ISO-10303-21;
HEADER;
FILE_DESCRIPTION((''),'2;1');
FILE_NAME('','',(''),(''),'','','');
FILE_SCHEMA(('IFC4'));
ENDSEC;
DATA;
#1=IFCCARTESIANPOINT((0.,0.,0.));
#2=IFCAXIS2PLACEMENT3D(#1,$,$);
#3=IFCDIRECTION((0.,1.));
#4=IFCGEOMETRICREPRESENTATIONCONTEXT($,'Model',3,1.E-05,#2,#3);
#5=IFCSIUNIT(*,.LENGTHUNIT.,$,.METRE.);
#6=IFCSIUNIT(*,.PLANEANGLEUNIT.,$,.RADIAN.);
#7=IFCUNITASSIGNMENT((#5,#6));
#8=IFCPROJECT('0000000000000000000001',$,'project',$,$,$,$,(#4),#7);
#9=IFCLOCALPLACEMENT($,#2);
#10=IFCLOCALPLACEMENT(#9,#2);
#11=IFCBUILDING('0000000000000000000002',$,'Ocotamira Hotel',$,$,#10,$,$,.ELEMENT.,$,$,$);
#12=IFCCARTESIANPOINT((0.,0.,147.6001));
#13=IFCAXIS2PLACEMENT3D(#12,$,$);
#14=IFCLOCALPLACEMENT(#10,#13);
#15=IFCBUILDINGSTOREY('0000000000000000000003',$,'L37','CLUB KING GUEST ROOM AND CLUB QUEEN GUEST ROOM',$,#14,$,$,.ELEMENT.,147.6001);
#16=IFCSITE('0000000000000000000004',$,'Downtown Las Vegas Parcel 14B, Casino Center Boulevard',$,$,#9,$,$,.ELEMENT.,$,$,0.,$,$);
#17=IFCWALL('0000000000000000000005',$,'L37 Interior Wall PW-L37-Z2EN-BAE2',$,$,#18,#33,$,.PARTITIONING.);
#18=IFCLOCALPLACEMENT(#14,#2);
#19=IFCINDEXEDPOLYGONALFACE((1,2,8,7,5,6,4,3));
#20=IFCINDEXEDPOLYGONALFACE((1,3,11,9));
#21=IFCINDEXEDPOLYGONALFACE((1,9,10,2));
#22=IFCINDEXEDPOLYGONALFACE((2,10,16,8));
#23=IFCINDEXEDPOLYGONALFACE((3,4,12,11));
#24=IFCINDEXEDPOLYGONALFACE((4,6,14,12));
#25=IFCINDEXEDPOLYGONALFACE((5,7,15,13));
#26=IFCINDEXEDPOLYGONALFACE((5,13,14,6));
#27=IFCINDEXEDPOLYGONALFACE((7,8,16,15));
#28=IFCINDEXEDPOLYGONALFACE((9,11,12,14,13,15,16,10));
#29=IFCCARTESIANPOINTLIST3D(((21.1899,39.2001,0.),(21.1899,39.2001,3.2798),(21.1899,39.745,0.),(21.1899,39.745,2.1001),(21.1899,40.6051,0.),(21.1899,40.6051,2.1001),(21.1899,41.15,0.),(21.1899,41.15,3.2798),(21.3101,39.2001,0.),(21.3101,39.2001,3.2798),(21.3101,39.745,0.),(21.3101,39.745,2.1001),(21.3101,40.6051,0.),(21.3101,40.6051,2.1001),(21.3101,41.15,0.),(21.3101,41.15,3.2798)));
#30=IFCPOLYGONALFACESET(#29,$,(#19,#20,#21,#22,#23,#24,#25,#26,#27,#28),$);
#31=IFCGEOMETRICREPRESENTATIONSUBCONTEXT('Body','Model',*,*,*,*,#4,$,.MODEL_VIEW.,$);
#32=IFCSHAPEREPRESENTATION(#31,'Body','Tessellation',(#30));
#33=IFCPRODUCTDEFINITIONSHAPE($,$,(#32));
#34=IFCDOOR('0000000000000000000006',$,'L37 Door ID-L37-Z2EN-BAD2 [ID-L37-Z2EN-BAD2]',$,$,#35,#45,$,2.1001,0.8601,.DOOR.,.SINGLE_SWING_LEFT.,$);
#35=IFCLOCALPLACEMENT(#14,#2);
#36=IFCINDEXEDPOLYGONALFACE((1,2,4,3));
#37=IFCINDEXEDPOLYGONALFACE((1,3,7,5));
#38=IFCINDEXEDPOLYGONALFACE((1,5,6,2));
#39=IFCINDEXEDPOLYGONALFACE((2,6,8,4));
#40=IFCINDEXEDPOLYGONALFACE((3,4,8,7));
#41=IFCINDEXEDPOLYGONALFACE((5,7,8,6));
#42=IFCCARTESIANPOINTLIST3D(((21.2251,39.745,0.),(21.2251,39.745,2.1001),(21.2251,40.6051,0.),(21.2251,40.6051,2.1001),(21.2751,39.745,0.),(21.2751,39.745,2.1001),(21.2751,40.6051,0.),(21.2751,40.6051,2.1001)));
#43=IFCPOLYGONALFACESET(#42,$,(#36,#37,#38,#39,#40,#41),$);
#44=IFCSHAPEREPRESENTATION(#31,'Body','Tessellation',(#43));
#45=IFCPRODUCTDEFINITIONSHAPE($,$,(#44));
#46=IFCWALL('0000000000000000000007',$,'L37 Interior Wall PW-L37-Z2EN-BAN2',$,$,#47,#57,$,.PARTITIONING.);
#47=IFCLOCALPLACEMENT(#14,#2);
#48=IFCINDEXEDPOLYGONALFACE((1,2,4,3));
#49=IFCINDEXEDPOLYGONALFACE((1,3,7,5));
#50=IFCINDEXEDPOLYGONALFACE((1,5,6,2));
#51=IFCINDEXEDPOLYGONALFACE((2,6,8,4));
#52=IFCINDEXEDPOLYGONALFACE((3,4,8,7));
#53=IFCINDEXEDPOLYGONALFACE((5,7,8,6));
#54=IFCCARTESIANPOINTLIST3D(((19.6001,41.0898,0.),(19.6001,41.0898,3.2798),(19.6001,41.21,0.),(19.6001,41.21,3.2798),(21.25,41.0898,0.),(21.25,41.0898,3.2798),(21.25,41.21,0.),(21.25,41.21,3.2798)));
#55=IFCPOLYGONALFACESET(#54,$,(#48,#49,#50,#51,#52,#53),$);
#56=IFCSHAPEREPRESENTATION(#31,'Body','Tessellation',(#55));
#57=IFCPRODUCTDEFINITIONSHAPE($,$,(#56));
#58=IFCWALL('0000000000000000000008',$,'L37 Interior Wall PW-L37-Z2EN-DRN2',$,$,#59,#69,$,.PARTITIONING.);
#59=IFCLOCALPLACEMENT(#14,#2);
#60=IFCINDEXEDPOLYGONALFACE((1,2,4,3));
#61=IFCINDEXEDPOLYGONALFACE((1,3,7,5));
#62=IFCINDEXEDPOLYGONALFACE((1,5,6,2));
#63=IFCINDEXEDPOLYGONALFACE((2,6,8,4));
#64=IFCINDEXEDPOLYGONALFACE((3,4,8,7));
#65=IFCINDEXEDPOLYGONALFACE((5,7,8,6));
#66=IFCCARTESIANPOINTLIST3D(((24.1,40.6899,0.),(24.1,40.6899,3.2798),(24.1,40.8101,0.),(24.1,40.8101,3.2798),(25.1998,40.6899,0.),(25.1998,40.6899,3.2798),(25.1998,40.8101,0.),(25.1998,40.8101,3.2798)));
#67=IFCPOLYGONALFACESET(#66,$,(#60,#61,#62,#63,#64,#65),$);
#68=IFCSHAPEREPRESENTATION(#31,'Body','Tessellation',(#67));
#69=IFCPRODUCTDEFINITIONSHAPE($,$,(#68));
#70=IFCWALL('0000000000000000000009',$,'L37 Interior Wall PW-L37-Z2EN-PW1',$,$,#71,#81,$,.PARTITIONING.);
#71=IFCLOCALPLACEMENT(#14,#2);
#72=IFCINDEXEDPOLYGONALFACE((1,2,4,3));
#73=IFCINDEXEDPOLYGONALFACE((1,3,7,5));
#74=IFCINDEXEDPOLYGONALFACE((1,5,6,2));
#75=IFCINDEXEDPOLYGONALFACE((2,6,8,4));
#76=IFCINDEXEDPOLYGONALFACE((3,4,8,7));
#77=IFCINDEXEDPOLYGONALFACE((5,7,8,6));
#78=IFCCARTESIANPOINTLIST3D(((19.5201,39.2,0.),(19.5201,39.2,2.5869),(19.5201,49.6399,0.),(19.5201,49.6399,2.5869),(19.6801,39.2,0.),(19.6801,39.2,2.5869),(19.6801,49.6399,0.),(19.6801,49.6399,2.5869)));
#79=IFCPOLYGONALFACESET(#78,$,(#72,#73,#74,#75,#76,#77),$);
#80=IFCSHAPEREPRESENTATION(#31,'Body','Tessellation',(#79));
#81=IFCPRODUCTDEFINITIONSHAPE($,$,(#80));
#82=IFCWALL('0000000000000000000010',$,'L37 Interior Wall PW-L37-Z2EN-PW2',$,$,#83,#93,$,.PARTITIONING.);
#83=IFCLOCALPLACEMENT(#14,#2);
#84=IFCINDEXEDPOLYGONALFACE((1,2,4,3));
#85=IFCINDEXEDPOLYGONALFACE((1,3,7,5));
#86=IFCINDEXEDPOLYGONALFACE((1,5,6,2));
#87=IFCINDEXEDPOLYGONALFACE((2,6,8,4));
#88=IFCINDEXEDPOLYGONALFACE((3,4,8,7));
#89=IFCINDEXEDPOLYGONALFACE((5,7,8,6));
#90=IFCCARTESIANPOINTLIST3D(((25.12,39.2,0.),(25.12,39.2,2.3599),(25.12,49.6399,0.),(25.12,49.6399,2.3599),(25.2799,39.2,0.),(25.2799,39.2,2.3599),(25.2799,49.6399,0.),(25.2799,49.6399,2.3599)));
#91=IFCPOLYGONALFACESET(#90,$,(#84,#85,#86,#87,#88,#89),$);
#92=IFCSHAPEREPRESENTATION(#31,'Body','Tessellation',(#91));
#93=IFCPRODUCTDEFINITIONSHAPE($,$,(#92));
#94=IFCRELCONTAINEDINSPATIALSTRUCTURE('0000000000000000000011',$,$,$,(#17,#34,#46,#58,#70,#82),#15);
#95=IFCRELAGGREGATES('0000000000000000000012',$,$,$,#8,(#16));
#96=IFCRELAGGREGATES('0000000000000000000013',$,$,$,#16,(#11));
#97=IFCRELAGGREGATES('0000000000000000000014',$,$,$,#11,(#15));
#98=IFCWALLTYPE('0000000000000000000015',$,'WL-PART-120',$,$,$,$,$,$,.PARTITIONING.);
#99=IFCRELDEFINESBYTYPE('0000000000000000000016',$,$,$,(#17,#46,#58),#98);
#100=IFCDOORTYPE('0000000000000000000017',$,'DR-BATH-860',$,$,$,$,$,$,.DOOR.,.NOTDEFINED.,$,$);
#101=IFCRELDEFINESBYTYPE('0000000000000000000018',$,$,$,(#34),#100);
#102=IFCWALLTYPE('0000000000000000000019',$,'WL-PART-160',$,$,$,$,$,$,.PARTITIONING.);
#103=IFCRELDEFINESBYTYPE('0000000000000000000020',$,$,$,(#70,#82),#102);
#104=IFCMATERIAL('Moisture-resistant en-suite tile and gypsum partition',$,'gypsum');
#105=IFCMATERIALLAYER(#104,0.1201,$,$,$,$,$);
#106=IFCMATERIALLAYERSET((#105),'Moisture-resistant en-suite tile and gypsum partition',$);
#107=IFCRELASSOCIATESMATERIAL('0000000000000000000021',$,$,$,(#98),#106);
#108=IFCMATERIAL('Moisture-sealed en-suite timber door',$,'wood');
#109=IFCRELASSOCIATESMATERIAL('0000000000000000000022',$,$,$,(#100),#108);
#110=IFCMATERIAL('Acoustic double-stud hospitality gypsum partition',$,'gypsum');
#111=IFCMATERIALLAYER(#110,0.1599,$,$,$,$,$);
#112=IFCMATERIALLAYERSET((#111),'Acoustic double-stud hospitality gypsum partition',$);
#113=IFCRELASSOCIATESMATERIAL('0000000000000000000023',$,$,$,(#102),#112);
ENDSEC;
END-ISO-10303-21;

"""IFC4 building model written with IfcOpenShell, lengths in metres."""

from ifc_helpers import new_model, si_unit, direction, frame, frame_2d, origin, place, context, subcontext, project, spatial, rectangle, extrude, source, transform, mapped, material, layer, layer_set, type_object, element, fill, save


model = new_model("IFC4")

# Units and contexts
model_context = context("Model", 3, precision=1e-05, world=origin(), true_north=direction((0.0, 1.0)))
body_context = subcontext(model_context, "Body", "Model", "MODEL_VIEW")
ifc_project = project(units=[si_unit("LENGTHUNIT", "METRE"), si_unit("PLANEANGLEUNIT", "RADIAN")], contexts=[model_context])

# Site, building, storey
site_placement = place(None, origin())
site = spatial("IfcSite", under=ifc_project, at=site_placement, Name="Downtown Las Vegas Parcel 14B, Casino Center Boulevard", CompositionType="ELEMENT", RefElevation=0.0)
building_placement = place(site_placement, origin())
building = spatial("IfcBuilding", under=site, at=building_placement, Name="Ocotamira Hotel", CompositionType="ELEMENT")
storey_placement = place(building_placement, frame((0.0, 0.0, 147.6001)))
storey = spatial("IfcBuildingStorey", under=building, at=storey_placement, Name="L37", Description="CLUB KING GUEST ROOM AND CLUB QUEEN GUEST ROOM", CompositionType="ELEMENT", Elevation=147.6001)

# Shared definitions
ifc_material_1 = material(Name="Moisture-resistant en-suite tile and gypsum partition", Category="gypsum")
ifc_layer_1 = layer(ifc_material_1, 0.1201)
ifc_layer_set_1 = layer_set([ifc_layer_1], Name="Moisture-resistant en-suite tile and gypsum partition")
wall_type_1 = type_object("IfcWallType", Name="WL-PART-120", PredefinedType="PARTITIONING", material=ifc_layer_set_1)

# Wall, opening, door
wall_1_placement = place(storey_placement, frame((21.25, 39.2, 0.0), z_axis=(0.0, 0.0, 1.0), x_axis=(0.0, 1.0, 0.0)))
wall_1 = element("IfcWall", 1, at=wall_1_placement, inside=storey, type_object=wall_type_1, Name="L37 Interior Wall PW-L37-Z2EN-BAE2", PredefinedType="PARTITIONING", context=body_context, shape_type="SweptSolid", body=[
    extrude(rectangle(XDim=1.95, YDim=0.1201, at=frame_2d((0.9751, 0.0))), origin(), (0.0, 0.0, 1.0), 3.2798),
])
opening_placement = place(wall_1_placement, frame((0.5449, 0.0, 0.0)))
opening = element("IfcOpeningElement", 2, at=opening_placement, cuts=wall_1, PredefinedType="OPENING", context=body_context, shape_type="SweptSolid", body=[
    extrude(rectangle(XDim=0.8601, YDim=2.1001, at=frame_2d((0.4302, 1.05))), frame((0.0, 0.0701, 0.0), z_axis=(0.0, -1.0, 0.0), x_axis=(1.0, 0.0, 0.0)), (0.0, 0.0, 1.0), 0.1401),
])
ifc_material_2 = material(Name="Moisture-sealed en-suite timber door", Category="wood")
door_type = type_object("IfcDoorType", Name="DR-BATH-860", OperationType="NOTDEFINED", PredefinedType="DOOR", material=ifc_material_2)
shared_shape_1 = source(origin(), body_context, "Body", "SweptSolid", [
    extrude(rectangle(XDim=0.8601, YDim=2.1001, at=frame_2d((0.4302, 1.05))), frame((0.0, 0.0249, 0.0), z_axis=(0.0, -1.0, 0.0), x_axis=(1.0, 0.0, 0.0)), (0.0, 0.0, 1.0), 0.05),
])
door_placement = place(opening_placement, origin())
door = element("IfcDoor", 3, at=door_placement, inside=storey, type_object=door_type, Name="L37 Door ID-L37-Z2EN-BAD2 [ID-L37-Z2EN-BAD2]", OperationType="SINGLE_SWING_LEFT", OverallHeight=2.1001, OverallWidth=0.8601, PredefinedType="DOOR", context=body_context, shape_type="MappedRepresentation", body=[
    mapped(shared_shape_1, transform((0.0, 0.0, 0.0), scale=1.0)),
])
fill(opening, door)

# Walls
wall_2_placement = place(storey_placement, frame((19.6001, 41.1499, 0.0), z_axis=(0.0, 0.0, 1.0), x_axis=(1.0, 0.0, 0.0)))
element("IfcWall", 4, at=wall_2_placement, inside=storey, type_object=wall_type_1, Name="L37 Interior Wall PW-L37-Z2EN-BAN2", PredefinedType="PARTITIONING", context=body_context, shape_type="SweptSolid", body=[
    extrude(rectangle(XDim=1.6499, YDim=0.1201, at=frame_2d((0.825, 0.0))), origin(), (0.0, 0.0, 1.0), 3.2798),
])
wall_3_placement = place(storey_placement, frame((24.1001, 40.75, 0.0), z_axis=(0.0, 0.0, 1.0), x_axis=(1.0, 0.0, 0.0)))
element("IfcWall", 5, at=wall_3_placement, inside=storey, type_object=wall_type_1, Name="L37 Interior Wall PW-L37-Z2EN-DRN2", PredefinedType="PARTITIONING", context=body_context, shape_type="SweptSolid", body=[
    extrude(rectangle(XDim=1.0999, YDim=0.1201, at=frame_2d((0.5498, 0.0))), origin(), (0.0, 0.0, 1.0), 3.2798),
])
ifc_material_3 = material(Name="Acoustic double-stud hospitality gypsum partition", Category="gypsum")
ifc_layer_2 = layer(ifc_material_3, 0.1599)
ifc_layer_set_2 = layer_set([ifc_layer_2], Name="Acoustic double-stud hospitality gypsum partition")
wall_type_2 = type_object("IfcWallType", Name="WL-PART-160", PredefinedType="PARTITIONING", material=ifc_layer_set_2)
wall_4_placement = place(storey_placement, frame((19.6001, 39.2, 0.0), z_axis=(0.0, 0.0, 1.0), x_axis=(0.0, 1.0, 0.0)))
element("IfcWall", 6, at=wall_4_placement, inside=storey, type_object=wall_type_2, Name="L37 Interior Wall PW-L37-Z2EN-PW1", PredefinedType="PARTITIONING", context=body_context, shape_type="SweptSolid", body=[
    extrude(rectangle(XDim=10.4399, YDim=0.1599, at=frame_2d((5.22, 0.0))), origin(), (0.0, 0.0, 1.0), 2.5869),
])
wall_5_placement = place(storey_placement, frame((25.2, 39.2, 0.0), z_axis=(0.0, 0.0, 1.0), x_axis=(0.0, 1.0, 0.0)))
element("IfcWall", 7, at=wall_5_placement, inside=storey, type_object=wall_type_2, Name="L37 Interior Wall PW-L37-Z2EN-PW2", PredefinedType="PARTITIONING", context=body_context, shape_type="SweptSolid", body=[
    extrude(rectangle(XDim=10.4399, YDim=0.1599, at=frame_2d((5.22, 0.0))), origin(), (0.0, 0.0, 1.0), 2.3599),
])

save(model, "model.ifc")
